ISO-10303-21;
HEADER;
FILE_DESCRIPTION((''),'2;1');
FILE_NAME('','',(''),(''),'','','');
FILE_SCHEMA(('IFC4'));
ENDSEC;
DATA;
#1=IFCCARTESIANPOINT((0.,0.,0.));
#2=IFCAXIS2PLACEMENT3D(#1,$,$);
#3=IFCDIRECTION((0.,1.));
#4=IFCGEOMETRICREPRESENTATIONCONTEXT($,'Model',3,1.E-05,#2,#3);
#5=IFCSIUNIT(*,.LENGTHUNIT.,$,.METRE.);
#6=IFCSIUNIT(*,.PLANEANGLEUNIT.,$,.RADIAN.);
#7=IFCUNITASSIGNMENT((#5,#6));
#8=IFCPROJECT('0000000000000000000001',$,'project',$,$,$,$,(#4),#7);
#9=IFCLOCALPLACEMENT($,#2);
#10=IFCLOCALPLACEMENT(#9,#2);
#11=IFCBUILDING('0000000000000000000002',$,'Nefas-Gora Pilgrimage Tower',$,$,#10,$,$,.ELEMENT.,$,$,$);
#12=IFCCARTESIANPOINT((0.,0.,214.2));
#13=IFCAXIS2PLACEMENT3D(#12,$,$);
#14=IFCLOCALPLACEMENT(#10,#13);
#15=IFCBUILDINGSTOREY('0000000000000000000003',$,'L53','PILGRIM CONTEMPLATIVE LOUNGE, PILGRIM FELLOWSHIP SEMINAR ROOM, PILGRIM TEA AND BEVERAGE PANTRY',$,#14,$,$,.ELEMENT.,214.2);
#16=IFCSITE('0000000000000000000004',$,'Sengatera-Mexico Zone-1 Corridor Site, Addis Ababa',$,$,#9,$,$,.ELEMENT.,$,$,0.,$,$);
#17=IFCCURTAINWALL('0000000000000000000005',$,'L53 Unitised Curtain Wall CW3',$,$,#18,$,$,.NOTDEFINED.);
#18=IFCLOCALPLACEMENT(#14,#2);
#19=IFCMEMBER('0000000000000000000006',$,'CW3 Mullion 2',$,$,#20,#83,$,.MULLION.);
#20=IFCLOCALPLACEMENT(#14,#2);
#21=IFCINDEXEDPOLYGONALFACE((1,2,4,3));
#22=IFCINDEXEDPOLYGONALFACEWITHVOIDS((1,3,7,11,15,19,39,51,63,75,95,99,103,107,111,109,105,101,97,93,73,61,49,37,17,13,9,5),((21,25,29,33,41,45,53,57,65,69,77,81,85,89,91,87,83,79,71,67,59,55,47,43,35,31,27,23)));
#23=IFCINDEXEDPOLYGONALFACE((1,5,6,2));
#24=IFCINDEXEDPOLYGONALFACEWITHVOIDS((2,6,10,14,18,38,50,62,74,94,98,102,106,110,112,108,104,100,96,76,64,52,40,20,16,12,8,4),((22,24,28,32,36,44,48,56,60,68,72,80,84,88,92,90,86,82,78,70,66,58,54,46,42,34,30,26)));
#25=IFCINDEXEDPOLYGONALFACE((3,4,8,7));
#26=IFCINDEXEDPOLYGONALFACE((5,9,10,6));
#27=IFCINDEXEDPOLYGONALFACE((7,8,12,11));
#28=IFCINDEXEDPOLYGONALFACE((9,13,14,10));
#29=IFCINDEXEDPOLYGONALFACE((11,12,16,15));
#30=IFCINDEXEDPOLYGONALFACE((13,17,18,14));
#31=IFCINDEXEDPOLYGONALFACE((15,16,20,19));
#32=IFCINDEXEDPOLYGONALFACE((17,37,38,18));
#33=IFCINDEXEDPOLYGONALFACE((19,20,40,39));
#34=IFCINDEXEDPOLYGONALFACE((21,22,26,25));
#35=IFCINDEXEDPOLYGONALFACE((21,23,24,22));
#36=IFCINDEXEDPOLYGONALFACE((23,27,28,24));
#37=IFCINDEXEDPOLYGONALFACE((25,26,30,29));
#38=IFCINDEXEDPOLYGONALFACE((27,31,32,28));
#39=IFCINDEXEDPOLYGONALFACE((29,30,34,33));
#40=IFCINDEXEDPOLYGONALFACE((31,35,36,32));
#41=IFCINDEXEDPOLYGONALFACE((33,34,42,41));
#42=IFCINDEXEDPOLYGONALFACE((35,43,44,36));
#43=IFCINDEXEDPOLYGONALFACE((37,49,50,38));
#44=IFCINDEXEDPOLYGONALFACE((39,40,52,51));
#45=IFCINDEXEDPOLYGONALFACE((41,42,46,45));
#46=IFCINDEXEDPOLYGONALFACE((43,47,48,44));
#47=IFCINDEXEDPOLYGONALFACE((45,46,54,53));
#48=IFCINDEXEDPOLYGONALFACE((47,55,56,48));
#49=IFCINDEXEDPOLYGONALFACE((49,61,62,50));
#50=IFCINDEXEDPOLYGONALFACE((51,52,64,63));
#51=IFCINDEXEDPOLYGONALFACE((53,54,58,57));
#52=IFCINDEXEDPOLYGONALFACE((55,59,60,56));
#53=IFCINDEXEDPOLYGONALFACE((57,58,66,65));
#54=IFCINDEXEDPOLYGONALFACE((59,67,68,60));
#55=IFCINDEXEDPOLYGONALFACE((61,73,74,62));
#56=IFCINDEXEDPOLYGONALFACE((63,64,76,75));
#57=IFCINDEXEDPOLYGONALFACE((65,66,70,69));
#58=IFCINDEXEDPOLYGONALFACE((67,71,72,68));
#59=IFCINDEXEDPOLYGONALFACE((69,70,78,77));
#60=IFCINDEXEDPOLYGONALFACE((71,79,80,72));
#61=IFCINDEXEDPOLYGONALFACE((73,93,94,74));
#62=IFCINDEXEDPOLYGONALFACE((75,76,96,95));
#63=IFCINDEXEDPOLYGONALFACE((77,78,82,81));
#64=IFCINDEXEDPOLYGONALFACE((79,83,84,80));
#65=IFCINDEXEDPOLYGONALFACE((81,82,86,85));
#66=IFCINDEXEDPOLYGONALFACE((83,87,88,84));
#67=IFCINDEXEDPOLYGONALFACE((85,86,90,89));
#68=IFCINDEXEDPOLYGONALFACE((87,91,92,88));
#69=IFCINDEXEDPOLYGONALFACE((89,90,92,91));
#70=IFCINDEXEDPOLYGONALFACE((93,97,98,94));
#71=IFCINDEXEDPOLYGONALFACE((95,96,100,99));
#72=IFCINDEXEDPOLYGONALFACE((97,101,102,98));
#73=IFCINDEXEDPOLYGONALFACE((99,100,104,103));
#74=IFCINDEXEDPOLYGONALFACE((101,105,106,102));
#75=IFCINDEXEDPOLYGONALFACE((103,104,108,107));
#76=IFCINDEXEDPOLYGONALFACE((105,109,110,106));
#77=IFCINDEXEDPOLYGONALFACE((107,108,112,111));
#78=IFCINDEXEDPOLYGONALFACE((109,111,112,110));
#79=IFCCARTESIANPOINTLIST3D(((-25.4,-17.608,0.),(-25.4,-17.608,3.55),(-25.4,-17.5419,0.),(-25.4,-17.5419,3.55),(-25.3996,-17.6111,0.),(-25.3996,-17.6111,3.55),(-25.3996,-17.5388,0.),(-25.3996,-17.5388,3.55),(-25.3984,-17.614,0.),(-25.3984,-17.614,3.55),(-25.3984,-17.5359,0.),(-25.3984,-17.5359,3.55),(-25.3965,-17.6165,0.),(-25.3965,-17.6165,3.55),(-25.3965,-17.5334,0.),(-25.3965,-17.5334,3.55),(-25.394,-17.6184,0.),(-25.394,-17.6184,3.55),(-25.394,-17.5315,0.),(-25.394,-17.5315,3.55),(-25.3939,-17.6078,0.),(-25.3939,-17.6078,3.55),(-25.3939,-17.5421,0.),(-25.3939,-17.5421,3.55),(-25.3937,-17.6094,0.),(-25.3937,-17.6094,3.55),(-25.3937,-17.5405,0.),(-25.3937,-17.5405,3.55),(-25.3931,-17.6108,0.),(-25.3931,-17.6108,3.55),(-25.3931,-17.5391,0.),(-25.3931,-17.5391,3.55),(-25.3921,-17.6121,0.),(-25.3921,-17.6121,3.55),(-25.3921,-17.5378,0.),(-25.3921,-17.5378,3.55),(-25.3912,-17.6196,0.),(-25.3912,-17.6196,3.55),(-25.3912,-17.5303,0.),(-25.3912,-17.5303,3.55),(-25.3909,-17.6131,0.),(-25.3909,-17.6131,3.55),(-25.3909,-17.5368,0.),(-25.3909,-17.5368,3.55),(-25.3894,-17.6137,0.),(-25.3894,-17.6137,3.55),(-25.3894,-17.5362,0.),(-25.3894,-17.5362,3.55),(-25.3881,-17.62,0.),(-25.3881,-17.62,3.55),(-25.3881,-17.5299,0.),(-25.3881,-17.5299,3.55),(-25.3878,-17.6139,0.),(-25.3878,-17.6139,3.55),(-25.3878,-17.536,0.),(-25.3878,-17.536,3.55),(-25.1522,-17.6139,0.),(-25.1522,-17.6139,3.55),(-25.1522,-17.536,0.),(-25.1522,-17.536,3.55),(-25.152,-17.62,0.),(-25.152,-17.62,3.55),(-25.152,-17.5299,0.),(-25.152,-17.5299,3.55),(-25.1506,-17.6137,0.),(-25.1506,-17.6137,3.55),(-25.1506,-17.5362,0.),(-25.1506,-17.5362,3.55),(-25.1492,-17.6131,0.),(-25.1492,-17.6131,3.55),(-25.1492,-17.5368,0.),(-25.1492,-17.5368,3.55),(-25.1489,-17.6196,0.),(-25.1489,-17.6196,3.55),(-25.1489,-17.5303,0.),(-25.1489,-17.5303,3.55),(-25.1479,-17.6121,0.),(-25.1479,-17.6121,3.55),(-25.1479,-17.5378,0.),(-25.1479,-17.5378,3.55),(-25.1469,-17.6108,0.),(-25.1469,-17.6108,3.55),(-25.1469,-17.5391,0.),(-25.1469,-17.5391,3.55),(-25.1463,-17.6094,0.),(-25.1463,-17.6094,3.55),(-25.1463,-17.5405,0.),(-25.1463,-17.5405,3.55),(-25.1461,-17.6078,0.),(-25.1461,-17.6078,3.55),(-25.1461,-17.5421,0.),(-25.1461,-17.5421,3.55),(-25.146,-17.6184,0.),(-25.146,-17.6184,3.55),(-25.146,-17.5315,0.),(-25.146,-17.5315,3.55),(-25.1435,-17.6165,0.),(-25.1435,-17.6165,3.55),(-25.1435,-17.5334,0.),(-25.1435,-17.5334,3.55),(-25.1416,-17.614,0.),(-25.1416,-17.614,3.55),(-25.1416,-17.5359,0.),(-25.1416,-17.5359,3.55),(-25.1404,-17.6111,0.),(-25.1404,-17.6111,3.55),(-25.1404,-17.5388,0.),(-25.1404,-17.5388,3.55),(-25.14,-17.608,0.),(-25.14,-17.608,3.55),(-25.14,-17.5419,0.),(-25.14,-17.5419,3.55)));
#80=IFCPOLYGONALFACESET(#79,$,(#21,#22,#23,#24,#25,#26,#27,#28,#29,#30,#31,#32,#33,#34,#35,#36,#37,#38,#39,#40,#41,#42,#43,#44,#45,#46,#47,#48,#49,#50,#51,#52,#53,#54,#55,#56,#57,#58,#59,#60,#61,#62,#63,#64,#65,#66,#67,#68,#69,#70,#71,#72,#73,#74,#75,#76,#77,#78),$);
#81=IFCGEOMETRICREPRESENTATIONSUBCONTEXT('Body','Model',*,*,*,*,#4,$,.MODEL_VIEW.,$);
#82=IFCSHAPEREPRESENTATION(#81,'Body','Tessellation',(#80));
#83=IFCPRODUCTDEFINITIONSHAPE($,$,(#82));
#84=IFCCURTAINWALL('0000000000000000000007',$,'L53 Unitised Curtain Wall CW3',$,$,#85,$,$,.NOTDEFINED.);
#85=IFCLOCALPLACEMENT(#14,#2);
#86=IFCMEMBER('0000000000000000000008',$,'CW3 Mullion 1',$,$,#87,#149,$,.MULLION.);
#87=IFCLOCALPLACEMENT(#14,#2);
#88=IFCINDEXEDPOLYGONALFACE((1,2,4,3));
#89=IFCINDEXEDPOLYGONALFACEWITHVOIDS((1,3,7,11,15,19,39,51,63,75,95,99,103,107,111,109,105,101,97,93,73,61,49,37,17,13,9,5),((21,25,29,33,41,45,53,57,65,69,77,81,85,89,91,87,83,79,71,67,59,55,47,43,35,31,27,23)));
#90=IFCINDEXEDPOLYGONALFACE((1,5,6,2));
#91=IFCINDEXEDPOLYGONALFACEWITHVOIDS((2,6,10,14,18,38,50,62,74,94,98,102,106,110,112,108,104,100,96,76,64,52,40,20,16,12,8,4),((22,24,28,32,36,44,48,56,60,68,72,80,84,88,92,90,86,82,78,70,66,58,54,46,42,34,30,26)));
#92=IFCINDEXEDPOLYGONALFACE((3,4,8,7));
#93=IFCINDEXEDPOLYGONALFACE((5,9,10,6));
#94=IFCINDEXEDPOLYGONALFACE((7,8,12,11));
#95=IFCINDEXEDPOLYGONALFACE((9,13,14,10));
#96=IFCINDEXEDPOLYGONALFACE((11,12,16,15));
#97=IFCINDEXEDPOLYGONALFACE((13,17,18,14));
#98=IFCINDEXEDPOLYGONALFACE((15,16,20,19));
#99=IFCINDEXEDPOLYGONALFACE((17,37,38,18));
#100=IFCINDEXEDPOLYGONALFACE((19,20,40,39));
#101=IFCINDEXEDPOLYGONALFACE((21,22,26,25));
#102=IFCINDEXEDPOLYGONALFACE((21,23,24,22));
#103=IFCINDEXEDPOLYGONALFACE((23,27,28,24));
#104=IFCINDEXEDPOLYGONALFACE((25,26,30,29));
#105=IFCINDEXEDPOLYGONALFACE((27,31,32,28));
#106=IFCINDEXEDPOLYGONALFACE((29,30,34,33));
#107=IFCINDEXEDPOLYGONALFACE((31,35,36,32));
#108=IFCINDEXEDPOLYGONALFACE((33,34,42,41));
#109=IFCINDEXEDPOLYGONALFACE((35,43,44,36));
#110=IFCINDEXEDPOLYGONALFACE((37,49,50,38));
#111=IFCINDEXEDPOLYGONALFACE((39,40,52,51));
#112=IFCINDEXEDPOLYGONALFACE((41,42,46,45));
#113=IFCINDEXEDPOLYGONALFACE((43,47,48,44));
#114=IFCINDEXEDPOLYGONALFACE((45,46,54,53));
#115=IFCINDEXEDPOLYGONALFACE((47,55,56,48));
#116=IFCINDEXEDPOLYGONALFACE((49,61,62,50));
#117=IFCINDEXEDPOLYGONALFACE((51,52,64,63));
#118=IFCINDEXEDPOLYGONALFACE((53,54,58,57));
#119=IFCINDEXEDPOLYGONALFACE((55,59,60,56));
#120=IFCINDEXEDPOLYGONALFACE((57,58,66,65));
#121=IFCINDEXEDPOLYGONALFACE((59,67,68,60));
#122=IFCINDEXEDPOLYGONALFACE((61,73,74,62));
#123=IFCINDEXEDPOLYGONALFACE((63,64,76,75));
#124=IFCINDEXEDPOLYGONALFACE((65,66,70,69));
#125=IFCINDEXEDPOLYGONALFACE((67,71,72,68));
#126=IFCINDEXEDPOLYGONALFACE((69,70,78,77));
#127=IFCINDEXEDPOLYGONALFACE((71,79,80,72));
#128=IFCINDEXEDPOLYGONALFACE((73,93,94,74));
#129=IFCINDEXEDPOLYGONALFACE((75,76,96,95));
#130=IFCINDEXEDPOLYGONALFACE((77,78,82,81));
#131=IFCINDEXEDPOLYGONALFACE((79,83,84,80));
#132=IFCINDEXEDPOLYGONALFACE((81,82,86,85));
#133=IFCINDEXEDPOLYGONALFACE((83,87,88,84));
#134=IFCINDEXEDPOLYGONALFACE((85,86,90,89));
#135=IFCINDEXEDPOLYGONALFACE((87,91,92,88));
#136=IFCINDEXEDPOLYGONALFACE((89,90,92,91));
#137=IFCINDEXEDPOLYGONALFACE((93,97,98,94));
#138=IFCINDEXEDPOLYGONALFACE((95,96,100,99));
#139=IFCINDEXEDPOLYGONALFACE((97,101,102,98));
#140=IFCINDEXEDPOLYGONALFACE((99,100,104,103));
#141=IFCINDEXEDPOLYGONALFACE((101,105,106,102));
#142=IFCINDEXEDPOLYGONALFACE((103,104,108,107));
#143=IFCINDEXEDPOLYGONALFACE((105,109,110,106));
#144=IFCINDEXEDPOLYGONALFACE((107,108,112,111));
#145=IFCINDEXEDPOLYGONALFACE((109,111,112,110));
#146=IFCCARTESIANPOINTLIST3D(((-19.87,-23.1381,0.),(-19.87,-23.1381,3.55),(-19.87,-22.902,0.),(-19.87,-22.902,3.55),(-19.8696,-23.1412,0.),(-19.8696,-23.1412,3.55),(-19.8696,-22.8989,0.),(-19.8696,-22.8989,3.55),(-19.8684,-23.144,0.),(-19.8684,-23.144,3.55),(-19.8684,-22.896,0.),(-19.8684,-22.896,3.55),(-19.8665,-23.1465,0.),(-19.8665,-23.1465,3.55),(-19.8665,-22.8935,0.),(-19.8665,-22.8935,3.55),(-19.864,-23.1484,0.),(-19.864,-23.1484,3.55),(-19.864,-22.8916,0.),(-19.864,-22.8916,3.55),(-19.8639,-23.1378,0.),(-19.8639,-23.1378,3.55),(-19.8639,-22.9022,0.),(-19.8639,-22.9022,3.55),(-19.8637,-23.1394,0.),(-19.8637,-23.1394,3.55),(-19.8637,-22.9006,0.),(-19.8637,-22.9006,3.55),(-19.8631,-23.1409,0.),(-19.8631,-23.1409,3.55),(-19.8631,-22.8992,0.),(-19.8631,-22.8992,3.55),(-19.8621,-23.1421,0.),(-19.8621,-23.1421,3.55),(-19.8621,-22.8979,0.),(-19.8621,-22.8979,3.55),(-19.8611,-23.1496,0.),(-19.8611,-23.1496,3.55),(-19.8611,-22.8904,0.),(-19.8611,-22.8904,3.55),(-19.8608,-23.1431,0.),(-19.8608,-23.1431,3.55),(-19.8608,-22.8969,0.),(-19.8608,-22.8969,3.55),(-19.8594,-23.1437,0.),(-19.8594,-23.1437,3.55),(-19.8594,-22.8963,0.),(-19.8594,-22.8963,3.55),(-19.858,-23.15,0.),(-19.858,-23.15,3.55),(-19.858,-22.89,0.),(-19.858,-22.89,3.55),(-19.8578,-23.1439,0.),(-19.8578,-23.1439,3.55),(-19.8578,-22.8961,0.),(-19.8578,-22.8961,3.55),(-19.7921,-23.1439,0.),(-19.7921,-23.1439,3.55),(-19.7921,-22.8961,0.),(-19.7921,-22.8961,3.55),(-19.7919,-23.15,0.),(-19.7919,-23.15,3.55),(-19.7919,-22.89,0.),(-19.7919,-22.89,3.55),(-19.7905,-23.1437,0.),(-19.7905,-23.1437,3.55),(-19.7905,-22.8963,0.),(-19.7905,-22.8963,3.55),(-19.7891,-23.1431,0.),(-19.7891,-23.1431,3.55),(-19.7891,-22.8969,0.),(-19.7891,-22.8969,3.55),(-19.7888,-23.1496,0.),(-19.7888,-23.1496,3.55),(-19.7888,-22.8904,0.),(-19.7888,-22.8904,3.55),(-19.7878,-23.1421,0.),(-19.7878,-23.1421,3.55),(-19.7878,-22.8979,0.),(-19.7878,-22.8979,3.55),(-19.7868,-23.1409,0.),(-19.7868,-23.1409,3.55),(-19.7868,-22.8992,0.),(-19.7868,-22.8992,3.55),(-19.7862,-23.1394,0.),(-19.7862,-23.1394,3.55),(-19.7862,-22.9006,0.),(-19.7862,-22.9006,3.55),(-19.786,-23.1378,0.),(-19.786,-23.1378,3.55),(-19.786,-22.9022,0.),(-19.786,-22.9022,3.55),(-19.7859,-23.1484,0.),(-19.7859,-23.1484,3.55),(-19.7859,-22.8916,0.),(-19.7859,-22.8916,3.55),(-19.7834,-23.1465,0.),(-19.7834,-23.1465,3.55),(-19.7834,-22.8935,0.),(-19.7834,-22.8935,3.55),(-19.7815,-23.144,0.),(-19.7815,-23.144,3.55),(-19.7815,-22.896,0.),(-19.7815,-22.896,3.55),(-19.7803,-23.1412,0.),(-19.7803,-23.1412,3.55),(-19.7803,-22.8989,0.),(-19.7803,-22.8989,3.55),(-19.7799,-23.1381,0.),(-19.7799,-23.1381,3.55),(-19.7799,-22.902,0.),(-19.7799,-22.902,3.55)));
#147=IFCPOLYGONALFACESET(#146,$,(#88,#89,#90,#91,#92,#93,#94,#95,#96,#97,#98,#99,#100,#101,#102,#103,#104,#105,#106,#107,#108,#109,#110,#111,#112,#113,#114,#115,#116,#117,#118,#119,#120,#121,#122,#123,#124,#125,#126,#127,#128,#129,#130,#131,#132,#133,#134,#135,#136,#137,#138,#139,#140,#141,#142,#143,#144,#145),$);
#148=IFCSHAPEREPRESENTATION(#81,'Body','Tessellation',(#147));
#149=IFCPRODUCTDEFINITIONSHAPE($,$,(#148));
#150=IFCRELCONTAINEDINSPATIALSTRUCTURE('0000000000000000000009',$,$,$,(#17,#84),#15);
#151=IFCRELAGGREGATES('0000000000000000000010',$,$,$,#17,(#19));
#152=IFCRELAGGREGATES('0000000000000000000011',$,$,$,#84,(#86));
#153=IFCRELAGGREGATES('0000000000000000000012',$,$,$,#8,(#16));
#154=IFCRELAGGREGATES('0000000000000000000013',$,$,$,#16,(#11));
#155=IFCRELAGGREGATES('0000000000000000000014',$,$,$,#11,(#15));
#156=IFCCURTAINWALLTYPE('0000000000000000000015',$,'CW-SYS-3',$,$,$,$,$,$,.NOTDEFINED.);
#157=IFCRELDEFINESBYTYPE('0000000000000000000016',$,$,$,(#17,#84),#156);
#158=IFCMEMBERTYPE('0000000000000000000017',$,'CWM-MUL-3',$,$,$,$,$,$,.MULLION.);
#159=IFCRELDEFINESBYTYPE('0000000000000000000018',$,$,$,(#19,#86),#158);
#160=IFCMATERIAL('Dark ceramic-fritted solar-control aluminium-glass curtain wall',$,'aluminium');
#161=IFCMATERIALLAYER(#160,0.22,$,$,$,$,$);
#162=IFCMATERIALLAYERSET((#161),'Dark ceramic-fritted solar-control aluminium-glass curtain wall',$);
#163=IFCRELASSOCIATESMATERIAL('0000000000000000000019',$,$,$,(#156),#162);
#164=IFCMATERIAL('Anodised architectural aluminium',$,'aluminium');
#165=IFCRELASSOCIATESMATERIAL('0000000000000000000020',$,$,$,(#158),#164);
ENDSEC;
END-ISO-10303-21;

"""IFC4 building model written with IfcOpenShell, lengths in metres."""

from ifc_helpers import new_model, si_unit, direction, frame, origin, origin_2d, place, context, subcontext, project, spatial, hollow_rectangle, extrude, source, transform, mapped, material, layer, layer_set, material_profile, profile_set, type_object, element, aggregate, save


model = new_model("IFC4")

# Units and contexts
model_context = context("Model", 3, precision=1e-05, world=origin(), true_north=direction((0.0, 1.0)))
body_context = subcontext(model_context, "Body", "Model", "MODEL_VIEW")
ifc_project = project(units=[si_unit("LENGTHUNIT", "METRE"), si_unit("PLANEANGLEUNIT", "RADIAN")], contexts=[model_context])

# Site, building, storey
site_placement = place(None, origin())
site = spatial("IfcSite", under=ifc_project, at=site_placement, Name="Sengatera-Mexico Zone-1 Corridor Site, Addis Ababa", CompositionType="ELEMENT", RefElevation=0.0)
building_placement = place(site_placement, origin())
building = spatial("IfcBuilding", under=site, at=building_placement, Name="Nefas-Gora Pilgrimage Tower", CompositionType="ELEMENT")
storey_placement = place(building_placement, frame((0.0, 0.0, 214.2)))
storey = spatial("IfcBuildingStorey", under=building, at=storey_placement, Name="L53", Description="PILGRIM CONTEMPLATIVE LOUNGE, PILGRIM FELLOWSHIP SEMINAR ROOM, PILGRIM TEA AND BEVERAGE PANTRY", CompositionType="ELEMENT", Elevation=214.2)

# Shared definitions
ifc_material_1 = material(Name="Dark ceramic-fritted solar-control aluminium-glass curtain wall", Category="aluminium")
ifc_material_2 = material(Name="Anodised architectural aluminium", Category="aluminium")

# Curtain wall, member
ifc_layer_1 = layer(ifc_material_1, 0.22)
ifc_layer_set_1 = layer_set([ifc_layer_1], Name="Dark ceramic-fritted solar-control aluminium-glass curtain wall")
curtain_wall_type_1 = type_object("IfcCurtainWallType", Name="CW-SYS-3", PredefinedType="NOTDEFINED", material=ifc_layer_set_1)
curtain_wall_1_placement = place(storey_placement, origin())
curtain_wall_1 = element("IfcCurtainWall", 1, at=curtain_wall_1_placement, inside=storey, type_object=curtain_wall_type_1, Name="L53 Unitised Curtain Wall CW3", PredefinedType="NOTDEFINED")
ifc_material_profile_1 = material_profile(ifc_material_2, hollow_rectangle(XDim=0.0901, YDim=0.26, WallThickness=0.0061, InnerFilletRadius=0.0061, OuterFilletRadius=0.012, at=origin_2d()), Name="ALU MULLION 90x260")
ifc_profile_set_1 = profile_set([ifc_material_profile_1], Name="Anodised architectural aluminium")
member_type_1 = type_object("IfcMemberType", Name="CWM-MUL-3", PredefinedType="MULLION", material=ifc_profile_set_1)
shared_shape_1 = source(origin(), body_context, "Body", "SweptSolid", [
    extrude(hollow_rectangle(XDim=0.0901, YDim=0.26, WallThickness=0.0061, InnerFilletRadius=0.0061, OuterFilletRadius=0.012, at=origin_2d()), origin(), (0.0, 0.0, 1.0), 3.55),
])
member_1_placement = place(storey_placement, frame((-25.27, -17.575, 0.0), z_axis=(0.0, 0.0, 1.0), x_axis=(0.0, -1.0, 0.0)))
member_1 = element("IfcMember", 2, at=member_1_placement, type_object=member_type_1, Name="CW3 Mullion 2", PredefinedType="MULLION", context=body_context, shape_type="MappedRepresentation", body=[
    mapped(shared_shape_1, transform((0.0, 0.0, 0.0), x_axis=(1.0, 0.0, 0.0), y_axis=(0.0, 1.0, 0.0), z_axis=(0.0, 0.0, 1.0), scale=1.0)),
])
aggregate(curtain_wall_1, [member_1])

# Curtain wall, member
curtain_wall_2_placement = place(storey_placement, origin())
curtain_wall_2 = element("IfcCurtainWall", 3, at=curtain_wall_2_placement, inside=storey, type_object=curtain_wall_type_1, Name="L53 Unitised Curtain Wall CW3", PredefinedType="NOTDEFINED")
member_2_placement = place(storey_placement, frame((-19.825, -23.02, 0.0), z_axis=(0.0, 0.0, 1.0), x_axis=(1.0, 0.0, 0.0)))
member_2 = element("IfcMember", 4, at=member_2_placement, type_object=member_type_1, Name="CW3 Mullion 1", PredefinedType="MULLION", context=body_context, shape_type="MappedRepresentation", body=[
    mapped(shared_shape_1, transform((0.0, 0.0, 0.0), x_axis=(1.0, 0.0, 0.0), y_axis=(0.0, 1.0, 0.0), z_axis=(0.0, 0.0, 1.0), scale=1.0)),
])

aggregate(curtain_wall_2, [member_2])

save(model, "model.ifc")
